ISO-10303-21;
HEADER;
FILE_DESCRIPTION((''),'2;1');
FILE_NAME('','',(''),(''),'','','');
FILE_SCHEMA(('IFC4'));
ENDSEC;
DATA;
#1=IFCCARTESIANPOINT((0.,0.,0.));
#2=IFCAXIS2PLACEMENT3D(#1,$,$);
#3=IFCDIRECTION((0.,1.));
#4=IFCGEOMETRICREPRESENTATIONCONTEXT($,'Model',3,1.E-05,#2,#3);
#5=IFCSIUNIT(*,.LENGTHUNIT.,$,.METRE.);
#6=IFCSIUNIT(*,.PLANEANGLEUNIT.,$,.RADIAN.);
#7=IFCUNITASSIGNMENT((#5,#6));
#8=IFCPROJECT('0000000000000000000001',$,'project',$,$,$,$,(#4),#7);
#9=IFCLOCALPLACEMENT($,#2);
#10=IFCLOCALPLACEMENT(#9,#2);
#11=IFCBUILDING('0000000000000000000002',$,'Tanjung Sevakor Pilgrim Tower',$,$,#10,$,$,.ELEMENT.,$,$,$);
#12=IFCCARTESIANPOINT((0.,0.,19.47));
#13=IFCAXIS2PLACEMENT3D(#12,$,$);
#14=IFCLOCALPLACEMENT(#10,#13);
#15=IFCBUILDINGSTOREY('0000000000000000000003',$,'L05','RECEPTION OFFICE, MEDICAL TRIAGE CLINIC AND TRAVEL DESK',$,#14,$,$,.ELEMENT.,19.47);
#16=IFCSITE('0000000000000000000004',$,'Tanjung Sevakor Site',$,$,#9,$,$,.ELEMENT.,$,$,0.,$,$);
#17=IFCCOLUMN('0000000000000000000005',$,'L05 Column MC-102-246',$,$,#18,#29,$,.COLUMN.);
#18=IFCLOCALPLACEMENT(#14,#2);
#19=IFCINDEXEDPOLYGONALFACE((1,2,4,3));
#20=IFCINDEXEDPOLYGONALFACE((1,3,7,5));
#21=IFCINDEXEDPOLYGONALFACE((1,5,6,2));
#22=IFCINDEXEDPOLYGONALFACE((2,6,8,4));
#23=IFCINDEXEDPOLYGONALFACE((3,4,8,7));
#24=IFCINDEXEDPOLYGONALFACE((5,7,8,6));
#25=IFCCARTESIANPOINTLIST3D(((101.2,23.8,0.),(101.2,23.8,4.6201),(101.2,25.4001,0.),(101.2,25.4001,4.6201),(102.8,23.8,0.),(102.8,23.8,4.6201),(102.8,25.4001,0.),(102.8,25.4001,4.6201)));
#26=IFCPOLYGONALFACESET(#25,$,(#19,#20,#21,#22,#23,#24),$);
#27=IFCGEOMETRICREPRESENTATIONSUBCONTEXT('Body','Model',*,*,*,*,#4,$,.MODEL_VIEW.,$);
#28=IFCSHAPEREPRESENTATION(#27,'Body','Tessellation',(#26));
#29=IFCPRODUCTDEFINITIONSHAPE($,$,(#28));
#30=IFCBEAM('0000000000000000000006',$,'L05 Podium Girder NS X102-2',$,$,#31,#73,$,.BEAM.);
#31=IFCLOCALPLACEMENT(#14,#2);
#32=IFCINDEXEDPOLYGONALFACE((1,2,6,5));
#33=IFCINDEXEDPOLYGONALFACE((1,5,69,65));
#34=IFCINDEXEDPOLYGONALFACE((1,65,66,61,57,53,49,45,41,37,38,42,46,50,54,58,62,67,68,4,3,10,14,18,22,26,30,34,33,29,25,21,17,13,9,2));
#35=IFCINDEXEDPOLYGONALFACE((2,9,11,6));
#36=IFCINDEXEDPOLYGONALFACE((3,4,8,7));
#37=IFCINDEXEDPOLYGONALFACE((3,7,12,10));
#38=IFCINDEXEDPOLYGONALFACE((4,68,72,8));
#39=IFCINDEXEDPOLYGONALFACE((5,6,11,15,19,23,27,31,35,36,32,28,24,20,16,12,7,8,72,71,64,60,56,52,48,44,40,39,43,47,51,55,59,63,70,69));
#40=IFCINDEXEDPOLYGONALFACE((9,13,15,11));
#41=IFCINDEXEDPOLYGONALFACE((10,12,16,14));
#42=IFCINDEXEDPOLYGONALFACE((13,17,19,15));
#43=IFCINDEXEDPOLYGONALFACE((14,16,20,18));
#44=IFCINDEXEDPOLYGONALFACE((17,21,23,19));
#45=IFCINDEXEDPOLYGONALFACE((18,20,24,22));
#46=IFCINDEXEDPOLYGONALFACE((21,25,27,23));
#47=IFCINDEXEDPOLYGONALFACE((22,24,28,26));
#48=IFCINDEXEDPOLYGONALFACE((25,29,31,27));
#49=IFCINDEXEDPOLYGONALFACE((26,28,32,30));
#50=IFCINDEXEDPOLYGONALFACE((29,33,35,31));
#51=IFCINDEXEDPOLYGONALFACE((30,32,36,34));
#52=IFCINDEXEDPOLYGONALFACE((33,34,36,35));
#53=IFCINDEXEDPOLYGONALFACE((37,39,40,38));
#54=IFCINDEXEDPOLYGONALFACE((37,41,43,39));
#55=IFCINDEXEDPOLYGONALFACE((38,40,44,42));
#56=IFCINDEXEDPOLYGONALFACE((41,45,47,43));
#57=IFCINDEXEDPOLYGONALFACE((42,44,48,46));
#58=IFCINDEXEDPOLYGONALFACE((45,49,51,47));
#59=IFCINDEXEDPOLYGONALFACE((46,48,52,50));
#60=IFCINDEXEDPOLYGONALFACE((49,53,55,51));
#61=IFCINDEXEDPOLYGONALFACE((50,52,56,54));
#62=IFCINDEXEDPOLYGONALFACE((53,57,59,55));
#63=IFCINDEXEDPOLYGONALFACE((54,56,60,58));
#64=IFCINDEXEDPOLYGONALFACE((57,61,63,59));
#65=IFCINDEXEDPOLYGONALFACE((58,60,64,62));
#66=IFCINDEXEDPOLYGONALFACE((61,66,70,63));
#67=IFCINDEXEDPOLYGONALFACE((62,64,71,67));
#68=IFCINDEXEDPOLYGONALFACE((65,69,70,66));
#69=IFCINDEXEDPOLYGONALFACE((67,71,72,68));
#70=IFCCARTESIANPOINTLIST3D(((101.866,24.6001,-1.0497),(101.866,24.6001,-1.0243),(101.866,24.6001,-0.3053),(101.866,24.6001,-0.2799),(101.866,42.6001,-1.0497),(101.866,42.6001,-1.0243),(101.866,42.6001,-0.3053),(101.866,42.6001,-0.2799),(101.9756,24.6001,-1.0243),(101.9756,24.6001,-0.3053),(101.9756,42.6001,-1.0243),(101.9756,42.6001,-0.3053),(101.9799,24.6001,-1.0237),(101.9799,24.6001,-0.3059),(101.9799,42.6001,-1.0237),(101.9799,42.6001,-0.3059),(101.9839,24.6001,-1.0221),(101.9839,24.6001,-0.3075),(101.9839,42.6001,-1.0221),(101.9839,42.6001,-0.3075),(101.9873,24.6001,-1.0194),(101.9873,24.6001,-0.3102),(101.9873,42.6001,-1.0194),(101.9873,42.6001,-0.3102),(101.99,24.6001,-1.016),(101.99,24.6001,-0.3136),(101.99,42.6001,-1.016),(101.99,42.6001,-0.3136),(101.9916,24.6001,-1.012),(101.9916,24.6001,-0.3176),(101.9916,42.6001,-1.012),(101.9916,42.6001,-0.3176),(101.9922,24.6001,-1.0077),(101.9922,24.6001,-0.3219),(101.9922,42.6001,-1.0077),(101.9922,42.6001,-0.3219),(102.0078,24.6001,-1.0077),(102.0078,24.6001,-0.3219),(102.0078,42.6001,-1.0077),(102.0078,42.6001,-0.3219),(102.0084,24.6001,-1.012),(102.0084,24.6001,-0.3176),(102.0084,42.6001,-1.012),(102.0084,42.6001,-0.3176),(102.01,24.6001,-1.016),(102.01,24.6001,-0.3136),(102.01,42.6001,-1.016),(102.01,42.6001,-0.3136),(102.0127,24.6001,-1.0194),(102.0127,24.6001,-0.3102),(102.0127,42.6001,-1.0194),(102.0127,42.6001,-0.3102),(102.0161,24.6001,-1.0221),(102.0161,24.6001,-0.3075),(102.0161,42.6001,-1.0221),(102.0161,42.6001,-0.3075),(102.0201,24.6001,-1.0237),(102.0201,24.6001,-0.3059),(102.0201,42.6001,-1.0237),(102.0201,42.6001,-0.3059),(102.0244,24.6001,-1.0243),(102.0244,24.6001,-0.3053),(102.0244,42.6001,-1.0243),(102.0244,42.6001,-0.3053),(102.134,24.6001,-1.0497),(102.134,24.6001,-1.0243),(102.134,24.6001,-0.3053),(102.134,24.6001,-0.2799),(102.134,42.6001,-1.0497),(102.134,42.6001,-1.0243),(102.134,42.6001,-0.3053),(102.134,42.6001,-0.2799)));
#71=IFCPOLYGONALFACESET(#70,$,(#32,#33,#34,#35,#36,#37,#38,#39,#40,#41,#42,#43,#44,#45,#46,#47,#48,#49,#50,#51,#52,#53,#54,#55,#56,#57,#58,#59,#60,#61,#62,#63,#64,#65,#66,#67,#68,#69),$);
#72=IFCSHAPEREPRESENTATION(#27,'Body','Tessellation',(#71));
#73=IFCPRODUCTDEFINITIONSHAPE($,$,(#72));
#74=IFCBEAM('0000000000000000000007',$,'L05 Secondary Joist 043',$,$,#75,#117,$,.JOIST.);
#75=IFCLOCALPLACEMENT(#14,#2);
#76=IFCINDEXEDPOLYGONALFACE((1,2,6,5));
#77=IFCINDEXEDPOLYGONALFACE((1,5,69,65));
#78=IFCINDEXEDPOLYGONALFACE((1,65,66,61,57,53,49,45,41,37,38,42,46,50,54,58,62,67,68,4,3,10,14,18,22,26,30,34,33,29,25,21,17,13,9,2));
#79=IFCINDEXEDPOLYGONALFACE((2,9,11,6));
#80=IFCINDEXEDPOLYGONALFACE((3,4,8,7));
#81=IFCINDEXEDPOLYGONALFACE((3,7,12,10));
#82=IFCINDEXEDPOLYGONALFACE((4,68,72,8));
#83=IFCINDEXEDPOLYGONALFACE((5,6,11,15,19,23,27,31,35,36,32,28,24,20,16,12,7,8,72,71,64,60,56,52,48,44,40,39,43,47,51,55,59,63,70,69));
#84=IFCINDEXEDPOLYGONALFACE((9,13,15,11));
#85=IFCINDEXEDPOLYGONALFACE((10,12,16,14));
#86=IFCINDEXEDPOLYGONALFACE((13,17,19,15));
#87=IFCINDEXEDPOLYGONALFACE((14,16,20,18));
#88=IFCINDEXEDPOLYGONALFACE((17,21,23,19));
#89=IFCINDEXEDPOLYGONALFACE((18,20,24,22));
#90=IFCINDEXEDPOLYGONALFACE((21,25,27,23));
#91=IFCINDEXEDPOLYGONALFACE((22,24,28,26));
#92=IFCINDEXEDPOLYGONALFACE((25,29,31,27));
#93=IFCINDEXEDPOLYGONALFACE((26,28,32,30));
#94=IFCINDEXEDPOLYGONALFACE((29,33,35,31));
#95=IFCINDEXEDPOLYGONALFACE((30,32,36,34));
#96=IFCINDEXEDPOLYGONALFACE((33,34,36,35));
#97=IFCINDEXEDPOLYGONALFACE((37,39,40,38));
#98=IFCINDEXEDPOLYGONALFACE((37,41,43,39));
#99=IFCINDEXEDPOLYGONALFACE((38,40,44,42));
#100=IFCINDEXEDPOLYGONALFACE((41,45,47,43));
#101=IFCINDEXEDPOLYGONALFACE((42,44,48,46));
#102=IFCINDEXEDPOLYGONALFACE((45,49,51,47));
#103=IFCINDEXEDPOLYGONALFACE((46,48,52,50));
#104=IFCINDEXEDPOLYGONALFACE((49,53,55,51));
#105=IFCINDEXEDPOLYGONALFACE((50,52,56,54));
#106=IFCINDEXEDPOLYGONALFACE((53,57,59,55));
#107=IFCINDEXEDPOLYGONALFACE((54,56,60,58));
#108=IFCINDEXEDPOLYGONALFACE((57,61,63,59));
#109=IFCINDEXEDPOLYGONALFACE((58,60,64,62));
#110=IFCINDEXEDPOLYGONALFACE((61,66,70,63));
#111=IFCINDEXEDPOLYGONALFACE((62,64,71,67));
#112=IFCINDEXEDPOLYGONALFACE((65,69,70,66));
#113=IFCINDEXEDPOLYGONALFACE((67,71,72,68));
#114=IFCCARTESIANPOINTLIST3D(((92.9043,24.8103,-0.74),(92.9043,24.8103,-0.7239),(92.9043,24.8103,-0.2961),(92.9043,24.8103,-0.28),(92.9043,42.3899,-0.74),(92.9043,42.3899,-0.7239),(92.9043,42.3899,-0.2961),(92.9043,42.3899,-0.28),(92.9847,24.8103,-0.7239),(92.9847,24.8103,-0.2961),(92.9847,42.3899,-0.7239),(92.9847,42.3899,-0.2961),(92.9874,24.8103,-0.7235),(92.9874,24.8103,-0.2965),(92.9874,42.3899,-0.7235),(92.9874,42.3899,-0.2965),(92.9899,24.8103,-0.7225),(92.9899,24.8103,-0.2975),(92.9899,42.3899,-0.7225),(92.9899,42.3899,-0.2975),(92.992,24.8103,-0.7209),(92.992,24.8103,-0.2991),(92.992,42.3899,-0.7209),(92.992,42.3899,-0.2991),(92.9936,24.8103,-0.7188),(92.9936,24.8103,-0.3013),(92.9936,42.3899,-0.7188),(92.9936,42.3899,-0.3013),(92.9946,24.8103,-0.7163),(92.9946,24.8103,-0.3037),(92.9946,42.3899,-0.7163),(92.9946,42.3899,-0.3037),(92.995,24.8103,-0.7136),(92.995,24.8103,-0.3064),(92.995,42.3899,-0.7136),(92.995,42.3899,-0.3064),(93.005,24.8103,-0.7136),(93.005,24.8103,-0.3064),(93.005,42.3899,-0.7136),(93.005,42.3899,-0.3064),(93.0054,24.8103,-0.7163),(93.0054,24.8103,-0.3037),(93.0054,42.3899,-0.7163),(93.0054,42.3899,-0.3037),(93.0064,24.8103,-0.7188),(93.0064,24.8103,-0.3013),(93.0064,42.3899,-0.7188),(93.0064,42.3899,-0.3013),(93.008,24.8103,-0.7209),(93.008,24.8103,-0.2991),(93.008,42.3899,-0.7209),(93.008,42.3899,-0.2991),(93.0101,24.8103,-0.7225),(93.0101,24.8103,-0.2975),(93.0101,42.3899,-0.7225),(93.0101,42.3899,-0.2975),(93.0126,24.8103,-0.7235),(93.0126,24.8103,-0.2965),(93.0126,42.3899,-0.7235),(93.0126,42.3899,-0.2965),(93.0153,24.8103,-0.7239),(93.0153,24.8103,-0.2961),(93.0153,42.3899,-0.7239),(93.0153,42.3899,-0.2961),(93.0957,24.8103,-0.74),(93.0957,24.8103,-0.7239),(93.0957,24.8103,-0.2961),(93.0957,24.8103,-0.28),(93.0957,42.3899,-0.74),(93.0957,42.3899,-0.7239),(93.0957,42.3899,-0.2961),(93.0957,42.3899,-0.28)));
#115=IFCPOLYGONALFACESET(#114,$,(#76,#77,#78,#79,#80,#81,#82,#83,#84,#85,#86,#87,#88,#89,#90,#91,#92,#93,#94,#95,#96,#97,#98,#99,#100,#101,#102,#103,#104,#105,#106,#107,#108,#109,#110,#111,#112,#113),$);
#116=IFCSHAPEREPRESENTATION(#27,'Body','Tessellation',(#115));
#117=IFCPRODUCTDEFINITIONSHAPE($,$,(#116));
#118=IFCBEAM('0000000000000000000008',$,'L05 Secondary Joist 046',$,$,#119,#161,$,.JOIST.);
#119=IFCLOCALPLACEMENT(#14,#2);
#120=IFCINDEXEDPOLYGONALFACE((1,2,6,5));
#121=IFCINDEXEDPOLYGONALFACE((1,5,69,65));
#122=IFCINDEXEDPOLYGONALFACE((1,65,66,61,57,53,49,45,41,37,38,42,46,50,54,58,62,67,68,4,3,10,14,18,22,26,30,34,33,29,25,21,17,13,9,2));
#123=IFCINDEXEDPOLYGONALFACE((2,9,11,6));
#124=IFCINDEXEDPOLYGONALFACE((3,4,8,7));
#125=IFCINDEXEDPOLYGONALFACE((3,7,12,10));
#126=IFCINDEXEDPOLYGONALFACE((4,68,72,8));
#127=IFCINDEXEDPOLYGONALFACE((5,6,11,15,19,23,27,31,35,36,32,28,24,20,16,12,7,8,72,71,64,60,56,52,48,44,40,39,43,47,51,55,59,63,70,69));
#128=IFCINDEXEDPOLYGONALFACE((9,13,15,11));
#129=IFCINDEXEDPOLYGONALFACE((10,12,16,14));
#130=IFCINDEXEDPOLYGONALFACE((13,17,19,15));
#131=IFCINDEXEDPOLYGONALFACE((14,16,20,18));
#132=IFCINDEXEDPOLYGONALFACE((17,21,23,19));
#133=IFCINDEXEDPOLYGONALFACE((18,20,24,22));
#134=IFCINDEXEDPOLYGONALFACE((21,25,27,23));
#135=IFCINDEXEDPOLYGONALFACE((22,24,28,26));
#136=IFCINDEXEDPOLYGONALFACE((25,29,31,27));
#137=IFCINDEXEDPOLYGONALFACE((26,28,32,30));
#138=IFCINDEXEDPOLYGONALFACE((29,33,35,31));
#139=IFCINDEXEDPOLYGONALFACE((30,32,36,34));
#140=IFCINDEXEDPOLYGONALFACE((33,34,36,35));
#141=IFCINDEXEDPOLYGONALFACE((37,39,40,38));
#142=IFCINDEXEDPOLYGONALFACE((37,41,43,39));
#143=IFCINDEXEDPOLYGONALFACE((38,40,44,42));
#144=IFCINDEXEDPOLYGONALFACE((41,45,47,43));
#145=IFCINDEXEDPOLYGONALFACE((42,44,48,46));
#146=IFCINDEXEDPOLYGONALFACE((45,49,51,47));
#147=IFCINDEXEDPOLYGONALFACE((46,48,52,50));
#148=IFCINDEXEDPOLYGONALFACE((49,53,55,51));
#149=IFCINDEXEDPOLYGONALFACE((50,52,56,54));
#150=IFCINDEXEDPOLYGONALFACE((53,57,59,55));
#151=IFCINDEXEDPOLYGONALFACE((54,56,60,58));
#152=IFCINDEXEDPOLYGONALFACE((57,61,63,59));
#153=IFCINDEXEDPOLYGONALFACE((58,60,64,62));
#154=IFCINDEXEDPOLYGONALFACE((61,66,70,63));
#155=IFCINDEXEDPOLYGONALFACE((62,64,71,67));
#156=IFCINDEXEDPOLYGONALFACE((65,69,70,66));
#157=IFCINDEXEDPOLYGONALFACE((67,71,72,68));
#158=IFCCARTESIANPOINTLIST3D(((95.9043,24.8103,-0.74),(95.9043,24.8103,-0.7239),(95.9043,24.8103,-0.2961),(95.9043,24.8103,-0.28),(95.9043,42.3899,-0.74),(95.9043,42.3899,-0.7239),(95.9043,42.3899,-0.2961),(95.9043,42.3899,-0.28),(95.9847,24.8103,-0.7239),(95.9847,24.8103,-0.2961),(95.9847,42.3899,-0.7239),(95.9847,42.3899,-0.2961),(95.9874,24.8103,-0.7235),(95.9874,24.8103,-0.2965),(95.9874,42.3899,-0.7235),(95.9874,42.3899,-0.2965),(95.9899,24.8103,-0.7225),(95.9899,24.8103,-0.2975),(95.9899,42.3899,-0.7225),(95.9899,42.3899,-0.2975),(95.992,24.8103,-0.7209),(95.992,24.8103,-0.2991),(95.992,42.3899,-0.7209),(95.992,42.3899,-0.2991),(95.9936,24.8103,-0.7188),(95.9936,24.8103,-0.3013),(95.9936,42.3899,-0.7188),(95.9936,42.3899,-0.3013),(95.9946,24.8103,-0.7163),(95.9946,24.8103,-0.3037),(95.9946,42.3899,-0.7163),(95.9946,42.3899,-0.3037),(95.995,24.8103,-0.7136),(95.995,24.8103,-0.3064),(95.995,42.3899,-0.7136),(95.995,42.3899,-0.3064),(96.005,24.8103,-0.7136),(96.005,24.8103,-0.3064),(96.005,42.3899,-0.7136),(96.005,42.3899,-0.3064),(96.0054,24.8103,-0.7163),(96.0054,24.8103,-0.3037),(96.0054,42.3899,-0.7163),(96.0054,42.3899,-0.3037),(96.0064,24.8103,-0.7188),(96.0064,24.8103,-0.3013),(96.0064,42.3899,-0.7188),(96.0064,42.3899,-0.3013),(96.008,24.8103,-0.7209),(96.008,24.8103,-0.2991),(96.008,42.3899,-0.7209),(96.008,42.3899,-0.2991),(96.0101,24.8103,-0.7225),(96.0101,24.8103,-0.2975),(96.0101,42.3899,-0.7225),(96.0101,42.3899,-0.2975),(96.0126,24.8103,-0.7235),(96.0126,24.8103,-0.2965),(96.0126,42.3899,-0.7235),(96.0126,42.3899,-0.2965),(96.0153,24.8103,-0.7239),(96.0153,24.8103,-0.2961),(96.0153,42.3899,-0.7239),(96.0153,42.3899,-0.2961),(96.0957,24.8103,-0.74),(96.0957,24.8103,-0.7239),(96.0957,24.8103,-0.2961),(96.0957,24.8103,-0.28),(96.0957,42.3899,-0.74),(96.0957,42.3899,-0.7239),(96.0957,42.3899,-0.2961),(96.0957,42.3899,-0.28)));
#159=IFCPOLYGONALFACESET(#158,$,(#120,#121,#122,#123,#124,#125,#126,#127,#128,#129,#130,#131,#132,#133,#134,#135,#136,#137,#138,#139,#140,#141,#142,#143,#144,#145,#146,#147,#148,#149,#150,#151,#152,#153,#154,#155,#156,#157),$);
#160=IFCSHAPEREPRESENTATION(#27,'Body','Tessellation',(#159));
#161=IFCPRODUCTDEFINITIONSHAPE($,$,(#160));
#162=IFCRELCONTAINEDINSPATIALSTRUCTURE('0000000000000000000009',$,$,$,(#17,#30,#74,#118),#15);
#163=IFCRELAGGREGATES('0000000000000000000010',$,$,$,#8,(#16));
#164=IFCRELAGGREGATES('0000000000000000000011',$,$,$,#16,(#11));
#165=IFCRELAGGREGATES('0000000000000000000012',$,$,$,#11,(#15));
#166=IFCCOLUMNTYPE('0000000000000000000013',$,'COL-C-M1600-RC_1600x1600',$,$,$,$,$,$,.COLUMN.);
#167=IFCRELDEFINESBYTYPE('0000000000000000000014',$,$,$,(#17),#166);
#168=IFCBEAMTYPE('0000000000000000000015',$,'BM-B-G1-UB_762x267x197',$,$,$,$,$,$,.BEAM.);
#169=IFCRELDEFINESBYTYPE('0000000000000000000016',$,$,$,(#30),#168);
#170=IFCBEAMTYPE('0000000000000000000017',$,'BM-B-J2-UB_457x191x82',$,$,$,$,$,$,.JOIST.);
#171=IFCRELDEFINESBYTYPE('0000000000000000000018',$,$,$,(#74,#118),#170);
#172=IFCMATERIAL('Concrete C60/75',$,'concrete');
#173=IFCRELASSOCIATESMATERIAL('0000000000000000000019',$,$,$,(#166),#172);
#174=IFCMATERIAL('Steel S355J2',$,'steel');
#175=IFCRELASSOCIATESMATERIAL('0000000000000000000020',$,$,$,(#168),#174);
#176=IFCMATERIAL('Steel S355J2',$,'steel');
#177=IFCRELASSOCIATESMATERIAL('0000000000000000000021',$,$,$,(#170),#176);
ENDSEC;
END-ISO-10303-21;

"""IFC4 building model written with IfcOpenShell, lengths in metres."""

from ifc_helpers import new_model, si_unit, direction, frame, origin, origin_2d, place, context, subcontext, project, spatial, rectangle, i_section, extrude, material, material_profile, profile_set, type_object, element, save


model = new_model("IFC4")

# Units and contexts
model_context = context("Model", 3, precision=1e-05, world=origin(), true_north=direction((0.0, 1.0)))
body_context = subcontext(model_context, "Body", "Model", "MODEL_VIEW")
ifc_project = project(units=[si_unit("LENGTHUNIT", "METRE"), si_unit("PLANEANGLEUNIT", "RADIAN")], contexts=[model_context])

# Site, building, storey
site_placement = place(None, origin())
site = spatial("IfcSite", under=ifc_project, at=site_placement, Name="Tanjung Sevakor Site", CompositionType="ELEMENT", RefElevation=0.0)
building_placement = place(site_placement, origin())
building = spatial("IfcBuilding", under=site, at=building_placement, Name="Tanjung Sevakor Pilgrim Tower", CompositionType="ELEMENT")
storey_placement = place(building_placement, frame((0.0, 0.0, 19.47)))
storey = spatial("IfcBuildingStorey", under=building, at=storey_placement, Name="L05", Description="RECEPTION OFFICE, MEDICAL TRIAGE CLINIC AND TRAVEL DESK", CompositionType="ELEMENT", Elevation=19.47)

# Column
ifc_material_1 = material(Name="Concrete C60/75", Category="concrete")
ifc_material_profile_1 = material_profile(ifc_material_1, rectangle(XDim=1.6001, YDim=1.6001, at=origin_2d()))
ifc_profile_set_1 = profile_set([ifc_material_profile_1], Name="Concrete C60/75")
column_type = type_object("IfcColumnType", Name="COL-C-M1600-RC_1600x1600", PredefinedType="COLUMN", material=ifc_profile_set_1)
column_placement = place(storey_placement, frame((102.0, 24.6001, 0.0), z_axis=(0.0, 0.0, 1.0), x_axis=(1.0, 0.0, 0.0)))
element("IfcColumn", 1, at=column_placement, inside=storey, type_object=column_type, Name="L05 Column MC-102-246", PredefinedType="COLUMN", context=body_context, shape_type="SweptSolid", body=[
    extrude(rectangle(XDim=1.6001, YDim=1.6001, at=origin_2d()), origin(), (0.0, 0.0, 1.0), 4.6201),
])

# Beams
ifc_material_2 = material(Name="Steel S355J2", Category="steel")
ifc_material_profile_2 = material_profile(ifc_material_2, i_section(OverallWidth=0.2681, OverallDepth=0.7698, WebThickness=0.0156, FlangeThickness=0.0254, FilletRadius=0.0166, at=origin_2d()))
ifc_profile_set_2 = profile_set([ifc_material_profile_2], Name="Steel S355J2")
beam_type_1 = type_object("IfcBeamType", Name="BM-B-G1-UB_762x267x197", PredefinedType="BEAM", material=ifc_profile_set_2)
beam_1_placement = place(storey_placement, frame((102.0, 24.6001, -0.6648), z_axis=(0.0, 1.0, 0.0), x_axis=(-1.0, 0.0, 0.0)))
element("IfcBeam", 2, at=beam_1_placement, inside=storey, type_object=beam_type_1, Name="L05 Podium Girder NS X102-2", PredefinedType="BEAM", context=body_context, shape_type="SweptSolid", body=[
    extrude(i_section(OverallWidth=0.2681, OverallDepth=0.7698, WebThickness=0.0156, FlangeThickness=0.0254, FilletRadius=0.0166, at=origin_2d()), origin(), (0.0, 0.0, 1.0), 18.0),
])
ifc_material_3 = material(Name="Steel S355J2", Category="steel")
ifc_material_profile_3 = material_profile(ifc_material_3, i_section(OverallWidth=0.1914, OverallDepth=0.46, WebThickness=0.01, FlangeThickness=0.0161, FilletRadius=0.0103, at=origin_2d()))
ifc_profile_set_3 = profile_set([ifc_material_profile_3], Name="Steel S355J2")
beam_type_2 = type_object("IfcBeamType", Name="BM-B-J2-UB_457x191x82", PredefinedType="JOIST", material=ifc_profile_set_3)
for number, where, z_axis, x_axis, name in (
    (3, (93.0, 24.8103, -0.51), (0.0, 1.0, 0.0), (-1.0, 0.0, 0.0), "L05 Secondary Joist 043"),
    (4, (96.0, 24.8103, -0.51), (0.0, 1.0, 0.0), (-1.0, 0.0, 0.0), "L05 Secondary Joist 046"),
):
    element("IfcBeam", number, at=place(storey_placement, frame(where, z_axis=z_axis, x_axis=x_axis)), inside=storey, type_object=beam_type_2, Name=name, PredefinedType="JOIST", context=body_context, shape_type="SweptSolid", body=[
        extrude(i_section(OverallWidth=0.1914, OverallDepth=0.46, WebThickness=0.01, FlangeThickness=0.0161, FilletRadius=0.0103, at=origin_2d()), origin(), (0.0, 0.0, 1.0), 17.5796),
    ])

save(model, "model.ifc")
